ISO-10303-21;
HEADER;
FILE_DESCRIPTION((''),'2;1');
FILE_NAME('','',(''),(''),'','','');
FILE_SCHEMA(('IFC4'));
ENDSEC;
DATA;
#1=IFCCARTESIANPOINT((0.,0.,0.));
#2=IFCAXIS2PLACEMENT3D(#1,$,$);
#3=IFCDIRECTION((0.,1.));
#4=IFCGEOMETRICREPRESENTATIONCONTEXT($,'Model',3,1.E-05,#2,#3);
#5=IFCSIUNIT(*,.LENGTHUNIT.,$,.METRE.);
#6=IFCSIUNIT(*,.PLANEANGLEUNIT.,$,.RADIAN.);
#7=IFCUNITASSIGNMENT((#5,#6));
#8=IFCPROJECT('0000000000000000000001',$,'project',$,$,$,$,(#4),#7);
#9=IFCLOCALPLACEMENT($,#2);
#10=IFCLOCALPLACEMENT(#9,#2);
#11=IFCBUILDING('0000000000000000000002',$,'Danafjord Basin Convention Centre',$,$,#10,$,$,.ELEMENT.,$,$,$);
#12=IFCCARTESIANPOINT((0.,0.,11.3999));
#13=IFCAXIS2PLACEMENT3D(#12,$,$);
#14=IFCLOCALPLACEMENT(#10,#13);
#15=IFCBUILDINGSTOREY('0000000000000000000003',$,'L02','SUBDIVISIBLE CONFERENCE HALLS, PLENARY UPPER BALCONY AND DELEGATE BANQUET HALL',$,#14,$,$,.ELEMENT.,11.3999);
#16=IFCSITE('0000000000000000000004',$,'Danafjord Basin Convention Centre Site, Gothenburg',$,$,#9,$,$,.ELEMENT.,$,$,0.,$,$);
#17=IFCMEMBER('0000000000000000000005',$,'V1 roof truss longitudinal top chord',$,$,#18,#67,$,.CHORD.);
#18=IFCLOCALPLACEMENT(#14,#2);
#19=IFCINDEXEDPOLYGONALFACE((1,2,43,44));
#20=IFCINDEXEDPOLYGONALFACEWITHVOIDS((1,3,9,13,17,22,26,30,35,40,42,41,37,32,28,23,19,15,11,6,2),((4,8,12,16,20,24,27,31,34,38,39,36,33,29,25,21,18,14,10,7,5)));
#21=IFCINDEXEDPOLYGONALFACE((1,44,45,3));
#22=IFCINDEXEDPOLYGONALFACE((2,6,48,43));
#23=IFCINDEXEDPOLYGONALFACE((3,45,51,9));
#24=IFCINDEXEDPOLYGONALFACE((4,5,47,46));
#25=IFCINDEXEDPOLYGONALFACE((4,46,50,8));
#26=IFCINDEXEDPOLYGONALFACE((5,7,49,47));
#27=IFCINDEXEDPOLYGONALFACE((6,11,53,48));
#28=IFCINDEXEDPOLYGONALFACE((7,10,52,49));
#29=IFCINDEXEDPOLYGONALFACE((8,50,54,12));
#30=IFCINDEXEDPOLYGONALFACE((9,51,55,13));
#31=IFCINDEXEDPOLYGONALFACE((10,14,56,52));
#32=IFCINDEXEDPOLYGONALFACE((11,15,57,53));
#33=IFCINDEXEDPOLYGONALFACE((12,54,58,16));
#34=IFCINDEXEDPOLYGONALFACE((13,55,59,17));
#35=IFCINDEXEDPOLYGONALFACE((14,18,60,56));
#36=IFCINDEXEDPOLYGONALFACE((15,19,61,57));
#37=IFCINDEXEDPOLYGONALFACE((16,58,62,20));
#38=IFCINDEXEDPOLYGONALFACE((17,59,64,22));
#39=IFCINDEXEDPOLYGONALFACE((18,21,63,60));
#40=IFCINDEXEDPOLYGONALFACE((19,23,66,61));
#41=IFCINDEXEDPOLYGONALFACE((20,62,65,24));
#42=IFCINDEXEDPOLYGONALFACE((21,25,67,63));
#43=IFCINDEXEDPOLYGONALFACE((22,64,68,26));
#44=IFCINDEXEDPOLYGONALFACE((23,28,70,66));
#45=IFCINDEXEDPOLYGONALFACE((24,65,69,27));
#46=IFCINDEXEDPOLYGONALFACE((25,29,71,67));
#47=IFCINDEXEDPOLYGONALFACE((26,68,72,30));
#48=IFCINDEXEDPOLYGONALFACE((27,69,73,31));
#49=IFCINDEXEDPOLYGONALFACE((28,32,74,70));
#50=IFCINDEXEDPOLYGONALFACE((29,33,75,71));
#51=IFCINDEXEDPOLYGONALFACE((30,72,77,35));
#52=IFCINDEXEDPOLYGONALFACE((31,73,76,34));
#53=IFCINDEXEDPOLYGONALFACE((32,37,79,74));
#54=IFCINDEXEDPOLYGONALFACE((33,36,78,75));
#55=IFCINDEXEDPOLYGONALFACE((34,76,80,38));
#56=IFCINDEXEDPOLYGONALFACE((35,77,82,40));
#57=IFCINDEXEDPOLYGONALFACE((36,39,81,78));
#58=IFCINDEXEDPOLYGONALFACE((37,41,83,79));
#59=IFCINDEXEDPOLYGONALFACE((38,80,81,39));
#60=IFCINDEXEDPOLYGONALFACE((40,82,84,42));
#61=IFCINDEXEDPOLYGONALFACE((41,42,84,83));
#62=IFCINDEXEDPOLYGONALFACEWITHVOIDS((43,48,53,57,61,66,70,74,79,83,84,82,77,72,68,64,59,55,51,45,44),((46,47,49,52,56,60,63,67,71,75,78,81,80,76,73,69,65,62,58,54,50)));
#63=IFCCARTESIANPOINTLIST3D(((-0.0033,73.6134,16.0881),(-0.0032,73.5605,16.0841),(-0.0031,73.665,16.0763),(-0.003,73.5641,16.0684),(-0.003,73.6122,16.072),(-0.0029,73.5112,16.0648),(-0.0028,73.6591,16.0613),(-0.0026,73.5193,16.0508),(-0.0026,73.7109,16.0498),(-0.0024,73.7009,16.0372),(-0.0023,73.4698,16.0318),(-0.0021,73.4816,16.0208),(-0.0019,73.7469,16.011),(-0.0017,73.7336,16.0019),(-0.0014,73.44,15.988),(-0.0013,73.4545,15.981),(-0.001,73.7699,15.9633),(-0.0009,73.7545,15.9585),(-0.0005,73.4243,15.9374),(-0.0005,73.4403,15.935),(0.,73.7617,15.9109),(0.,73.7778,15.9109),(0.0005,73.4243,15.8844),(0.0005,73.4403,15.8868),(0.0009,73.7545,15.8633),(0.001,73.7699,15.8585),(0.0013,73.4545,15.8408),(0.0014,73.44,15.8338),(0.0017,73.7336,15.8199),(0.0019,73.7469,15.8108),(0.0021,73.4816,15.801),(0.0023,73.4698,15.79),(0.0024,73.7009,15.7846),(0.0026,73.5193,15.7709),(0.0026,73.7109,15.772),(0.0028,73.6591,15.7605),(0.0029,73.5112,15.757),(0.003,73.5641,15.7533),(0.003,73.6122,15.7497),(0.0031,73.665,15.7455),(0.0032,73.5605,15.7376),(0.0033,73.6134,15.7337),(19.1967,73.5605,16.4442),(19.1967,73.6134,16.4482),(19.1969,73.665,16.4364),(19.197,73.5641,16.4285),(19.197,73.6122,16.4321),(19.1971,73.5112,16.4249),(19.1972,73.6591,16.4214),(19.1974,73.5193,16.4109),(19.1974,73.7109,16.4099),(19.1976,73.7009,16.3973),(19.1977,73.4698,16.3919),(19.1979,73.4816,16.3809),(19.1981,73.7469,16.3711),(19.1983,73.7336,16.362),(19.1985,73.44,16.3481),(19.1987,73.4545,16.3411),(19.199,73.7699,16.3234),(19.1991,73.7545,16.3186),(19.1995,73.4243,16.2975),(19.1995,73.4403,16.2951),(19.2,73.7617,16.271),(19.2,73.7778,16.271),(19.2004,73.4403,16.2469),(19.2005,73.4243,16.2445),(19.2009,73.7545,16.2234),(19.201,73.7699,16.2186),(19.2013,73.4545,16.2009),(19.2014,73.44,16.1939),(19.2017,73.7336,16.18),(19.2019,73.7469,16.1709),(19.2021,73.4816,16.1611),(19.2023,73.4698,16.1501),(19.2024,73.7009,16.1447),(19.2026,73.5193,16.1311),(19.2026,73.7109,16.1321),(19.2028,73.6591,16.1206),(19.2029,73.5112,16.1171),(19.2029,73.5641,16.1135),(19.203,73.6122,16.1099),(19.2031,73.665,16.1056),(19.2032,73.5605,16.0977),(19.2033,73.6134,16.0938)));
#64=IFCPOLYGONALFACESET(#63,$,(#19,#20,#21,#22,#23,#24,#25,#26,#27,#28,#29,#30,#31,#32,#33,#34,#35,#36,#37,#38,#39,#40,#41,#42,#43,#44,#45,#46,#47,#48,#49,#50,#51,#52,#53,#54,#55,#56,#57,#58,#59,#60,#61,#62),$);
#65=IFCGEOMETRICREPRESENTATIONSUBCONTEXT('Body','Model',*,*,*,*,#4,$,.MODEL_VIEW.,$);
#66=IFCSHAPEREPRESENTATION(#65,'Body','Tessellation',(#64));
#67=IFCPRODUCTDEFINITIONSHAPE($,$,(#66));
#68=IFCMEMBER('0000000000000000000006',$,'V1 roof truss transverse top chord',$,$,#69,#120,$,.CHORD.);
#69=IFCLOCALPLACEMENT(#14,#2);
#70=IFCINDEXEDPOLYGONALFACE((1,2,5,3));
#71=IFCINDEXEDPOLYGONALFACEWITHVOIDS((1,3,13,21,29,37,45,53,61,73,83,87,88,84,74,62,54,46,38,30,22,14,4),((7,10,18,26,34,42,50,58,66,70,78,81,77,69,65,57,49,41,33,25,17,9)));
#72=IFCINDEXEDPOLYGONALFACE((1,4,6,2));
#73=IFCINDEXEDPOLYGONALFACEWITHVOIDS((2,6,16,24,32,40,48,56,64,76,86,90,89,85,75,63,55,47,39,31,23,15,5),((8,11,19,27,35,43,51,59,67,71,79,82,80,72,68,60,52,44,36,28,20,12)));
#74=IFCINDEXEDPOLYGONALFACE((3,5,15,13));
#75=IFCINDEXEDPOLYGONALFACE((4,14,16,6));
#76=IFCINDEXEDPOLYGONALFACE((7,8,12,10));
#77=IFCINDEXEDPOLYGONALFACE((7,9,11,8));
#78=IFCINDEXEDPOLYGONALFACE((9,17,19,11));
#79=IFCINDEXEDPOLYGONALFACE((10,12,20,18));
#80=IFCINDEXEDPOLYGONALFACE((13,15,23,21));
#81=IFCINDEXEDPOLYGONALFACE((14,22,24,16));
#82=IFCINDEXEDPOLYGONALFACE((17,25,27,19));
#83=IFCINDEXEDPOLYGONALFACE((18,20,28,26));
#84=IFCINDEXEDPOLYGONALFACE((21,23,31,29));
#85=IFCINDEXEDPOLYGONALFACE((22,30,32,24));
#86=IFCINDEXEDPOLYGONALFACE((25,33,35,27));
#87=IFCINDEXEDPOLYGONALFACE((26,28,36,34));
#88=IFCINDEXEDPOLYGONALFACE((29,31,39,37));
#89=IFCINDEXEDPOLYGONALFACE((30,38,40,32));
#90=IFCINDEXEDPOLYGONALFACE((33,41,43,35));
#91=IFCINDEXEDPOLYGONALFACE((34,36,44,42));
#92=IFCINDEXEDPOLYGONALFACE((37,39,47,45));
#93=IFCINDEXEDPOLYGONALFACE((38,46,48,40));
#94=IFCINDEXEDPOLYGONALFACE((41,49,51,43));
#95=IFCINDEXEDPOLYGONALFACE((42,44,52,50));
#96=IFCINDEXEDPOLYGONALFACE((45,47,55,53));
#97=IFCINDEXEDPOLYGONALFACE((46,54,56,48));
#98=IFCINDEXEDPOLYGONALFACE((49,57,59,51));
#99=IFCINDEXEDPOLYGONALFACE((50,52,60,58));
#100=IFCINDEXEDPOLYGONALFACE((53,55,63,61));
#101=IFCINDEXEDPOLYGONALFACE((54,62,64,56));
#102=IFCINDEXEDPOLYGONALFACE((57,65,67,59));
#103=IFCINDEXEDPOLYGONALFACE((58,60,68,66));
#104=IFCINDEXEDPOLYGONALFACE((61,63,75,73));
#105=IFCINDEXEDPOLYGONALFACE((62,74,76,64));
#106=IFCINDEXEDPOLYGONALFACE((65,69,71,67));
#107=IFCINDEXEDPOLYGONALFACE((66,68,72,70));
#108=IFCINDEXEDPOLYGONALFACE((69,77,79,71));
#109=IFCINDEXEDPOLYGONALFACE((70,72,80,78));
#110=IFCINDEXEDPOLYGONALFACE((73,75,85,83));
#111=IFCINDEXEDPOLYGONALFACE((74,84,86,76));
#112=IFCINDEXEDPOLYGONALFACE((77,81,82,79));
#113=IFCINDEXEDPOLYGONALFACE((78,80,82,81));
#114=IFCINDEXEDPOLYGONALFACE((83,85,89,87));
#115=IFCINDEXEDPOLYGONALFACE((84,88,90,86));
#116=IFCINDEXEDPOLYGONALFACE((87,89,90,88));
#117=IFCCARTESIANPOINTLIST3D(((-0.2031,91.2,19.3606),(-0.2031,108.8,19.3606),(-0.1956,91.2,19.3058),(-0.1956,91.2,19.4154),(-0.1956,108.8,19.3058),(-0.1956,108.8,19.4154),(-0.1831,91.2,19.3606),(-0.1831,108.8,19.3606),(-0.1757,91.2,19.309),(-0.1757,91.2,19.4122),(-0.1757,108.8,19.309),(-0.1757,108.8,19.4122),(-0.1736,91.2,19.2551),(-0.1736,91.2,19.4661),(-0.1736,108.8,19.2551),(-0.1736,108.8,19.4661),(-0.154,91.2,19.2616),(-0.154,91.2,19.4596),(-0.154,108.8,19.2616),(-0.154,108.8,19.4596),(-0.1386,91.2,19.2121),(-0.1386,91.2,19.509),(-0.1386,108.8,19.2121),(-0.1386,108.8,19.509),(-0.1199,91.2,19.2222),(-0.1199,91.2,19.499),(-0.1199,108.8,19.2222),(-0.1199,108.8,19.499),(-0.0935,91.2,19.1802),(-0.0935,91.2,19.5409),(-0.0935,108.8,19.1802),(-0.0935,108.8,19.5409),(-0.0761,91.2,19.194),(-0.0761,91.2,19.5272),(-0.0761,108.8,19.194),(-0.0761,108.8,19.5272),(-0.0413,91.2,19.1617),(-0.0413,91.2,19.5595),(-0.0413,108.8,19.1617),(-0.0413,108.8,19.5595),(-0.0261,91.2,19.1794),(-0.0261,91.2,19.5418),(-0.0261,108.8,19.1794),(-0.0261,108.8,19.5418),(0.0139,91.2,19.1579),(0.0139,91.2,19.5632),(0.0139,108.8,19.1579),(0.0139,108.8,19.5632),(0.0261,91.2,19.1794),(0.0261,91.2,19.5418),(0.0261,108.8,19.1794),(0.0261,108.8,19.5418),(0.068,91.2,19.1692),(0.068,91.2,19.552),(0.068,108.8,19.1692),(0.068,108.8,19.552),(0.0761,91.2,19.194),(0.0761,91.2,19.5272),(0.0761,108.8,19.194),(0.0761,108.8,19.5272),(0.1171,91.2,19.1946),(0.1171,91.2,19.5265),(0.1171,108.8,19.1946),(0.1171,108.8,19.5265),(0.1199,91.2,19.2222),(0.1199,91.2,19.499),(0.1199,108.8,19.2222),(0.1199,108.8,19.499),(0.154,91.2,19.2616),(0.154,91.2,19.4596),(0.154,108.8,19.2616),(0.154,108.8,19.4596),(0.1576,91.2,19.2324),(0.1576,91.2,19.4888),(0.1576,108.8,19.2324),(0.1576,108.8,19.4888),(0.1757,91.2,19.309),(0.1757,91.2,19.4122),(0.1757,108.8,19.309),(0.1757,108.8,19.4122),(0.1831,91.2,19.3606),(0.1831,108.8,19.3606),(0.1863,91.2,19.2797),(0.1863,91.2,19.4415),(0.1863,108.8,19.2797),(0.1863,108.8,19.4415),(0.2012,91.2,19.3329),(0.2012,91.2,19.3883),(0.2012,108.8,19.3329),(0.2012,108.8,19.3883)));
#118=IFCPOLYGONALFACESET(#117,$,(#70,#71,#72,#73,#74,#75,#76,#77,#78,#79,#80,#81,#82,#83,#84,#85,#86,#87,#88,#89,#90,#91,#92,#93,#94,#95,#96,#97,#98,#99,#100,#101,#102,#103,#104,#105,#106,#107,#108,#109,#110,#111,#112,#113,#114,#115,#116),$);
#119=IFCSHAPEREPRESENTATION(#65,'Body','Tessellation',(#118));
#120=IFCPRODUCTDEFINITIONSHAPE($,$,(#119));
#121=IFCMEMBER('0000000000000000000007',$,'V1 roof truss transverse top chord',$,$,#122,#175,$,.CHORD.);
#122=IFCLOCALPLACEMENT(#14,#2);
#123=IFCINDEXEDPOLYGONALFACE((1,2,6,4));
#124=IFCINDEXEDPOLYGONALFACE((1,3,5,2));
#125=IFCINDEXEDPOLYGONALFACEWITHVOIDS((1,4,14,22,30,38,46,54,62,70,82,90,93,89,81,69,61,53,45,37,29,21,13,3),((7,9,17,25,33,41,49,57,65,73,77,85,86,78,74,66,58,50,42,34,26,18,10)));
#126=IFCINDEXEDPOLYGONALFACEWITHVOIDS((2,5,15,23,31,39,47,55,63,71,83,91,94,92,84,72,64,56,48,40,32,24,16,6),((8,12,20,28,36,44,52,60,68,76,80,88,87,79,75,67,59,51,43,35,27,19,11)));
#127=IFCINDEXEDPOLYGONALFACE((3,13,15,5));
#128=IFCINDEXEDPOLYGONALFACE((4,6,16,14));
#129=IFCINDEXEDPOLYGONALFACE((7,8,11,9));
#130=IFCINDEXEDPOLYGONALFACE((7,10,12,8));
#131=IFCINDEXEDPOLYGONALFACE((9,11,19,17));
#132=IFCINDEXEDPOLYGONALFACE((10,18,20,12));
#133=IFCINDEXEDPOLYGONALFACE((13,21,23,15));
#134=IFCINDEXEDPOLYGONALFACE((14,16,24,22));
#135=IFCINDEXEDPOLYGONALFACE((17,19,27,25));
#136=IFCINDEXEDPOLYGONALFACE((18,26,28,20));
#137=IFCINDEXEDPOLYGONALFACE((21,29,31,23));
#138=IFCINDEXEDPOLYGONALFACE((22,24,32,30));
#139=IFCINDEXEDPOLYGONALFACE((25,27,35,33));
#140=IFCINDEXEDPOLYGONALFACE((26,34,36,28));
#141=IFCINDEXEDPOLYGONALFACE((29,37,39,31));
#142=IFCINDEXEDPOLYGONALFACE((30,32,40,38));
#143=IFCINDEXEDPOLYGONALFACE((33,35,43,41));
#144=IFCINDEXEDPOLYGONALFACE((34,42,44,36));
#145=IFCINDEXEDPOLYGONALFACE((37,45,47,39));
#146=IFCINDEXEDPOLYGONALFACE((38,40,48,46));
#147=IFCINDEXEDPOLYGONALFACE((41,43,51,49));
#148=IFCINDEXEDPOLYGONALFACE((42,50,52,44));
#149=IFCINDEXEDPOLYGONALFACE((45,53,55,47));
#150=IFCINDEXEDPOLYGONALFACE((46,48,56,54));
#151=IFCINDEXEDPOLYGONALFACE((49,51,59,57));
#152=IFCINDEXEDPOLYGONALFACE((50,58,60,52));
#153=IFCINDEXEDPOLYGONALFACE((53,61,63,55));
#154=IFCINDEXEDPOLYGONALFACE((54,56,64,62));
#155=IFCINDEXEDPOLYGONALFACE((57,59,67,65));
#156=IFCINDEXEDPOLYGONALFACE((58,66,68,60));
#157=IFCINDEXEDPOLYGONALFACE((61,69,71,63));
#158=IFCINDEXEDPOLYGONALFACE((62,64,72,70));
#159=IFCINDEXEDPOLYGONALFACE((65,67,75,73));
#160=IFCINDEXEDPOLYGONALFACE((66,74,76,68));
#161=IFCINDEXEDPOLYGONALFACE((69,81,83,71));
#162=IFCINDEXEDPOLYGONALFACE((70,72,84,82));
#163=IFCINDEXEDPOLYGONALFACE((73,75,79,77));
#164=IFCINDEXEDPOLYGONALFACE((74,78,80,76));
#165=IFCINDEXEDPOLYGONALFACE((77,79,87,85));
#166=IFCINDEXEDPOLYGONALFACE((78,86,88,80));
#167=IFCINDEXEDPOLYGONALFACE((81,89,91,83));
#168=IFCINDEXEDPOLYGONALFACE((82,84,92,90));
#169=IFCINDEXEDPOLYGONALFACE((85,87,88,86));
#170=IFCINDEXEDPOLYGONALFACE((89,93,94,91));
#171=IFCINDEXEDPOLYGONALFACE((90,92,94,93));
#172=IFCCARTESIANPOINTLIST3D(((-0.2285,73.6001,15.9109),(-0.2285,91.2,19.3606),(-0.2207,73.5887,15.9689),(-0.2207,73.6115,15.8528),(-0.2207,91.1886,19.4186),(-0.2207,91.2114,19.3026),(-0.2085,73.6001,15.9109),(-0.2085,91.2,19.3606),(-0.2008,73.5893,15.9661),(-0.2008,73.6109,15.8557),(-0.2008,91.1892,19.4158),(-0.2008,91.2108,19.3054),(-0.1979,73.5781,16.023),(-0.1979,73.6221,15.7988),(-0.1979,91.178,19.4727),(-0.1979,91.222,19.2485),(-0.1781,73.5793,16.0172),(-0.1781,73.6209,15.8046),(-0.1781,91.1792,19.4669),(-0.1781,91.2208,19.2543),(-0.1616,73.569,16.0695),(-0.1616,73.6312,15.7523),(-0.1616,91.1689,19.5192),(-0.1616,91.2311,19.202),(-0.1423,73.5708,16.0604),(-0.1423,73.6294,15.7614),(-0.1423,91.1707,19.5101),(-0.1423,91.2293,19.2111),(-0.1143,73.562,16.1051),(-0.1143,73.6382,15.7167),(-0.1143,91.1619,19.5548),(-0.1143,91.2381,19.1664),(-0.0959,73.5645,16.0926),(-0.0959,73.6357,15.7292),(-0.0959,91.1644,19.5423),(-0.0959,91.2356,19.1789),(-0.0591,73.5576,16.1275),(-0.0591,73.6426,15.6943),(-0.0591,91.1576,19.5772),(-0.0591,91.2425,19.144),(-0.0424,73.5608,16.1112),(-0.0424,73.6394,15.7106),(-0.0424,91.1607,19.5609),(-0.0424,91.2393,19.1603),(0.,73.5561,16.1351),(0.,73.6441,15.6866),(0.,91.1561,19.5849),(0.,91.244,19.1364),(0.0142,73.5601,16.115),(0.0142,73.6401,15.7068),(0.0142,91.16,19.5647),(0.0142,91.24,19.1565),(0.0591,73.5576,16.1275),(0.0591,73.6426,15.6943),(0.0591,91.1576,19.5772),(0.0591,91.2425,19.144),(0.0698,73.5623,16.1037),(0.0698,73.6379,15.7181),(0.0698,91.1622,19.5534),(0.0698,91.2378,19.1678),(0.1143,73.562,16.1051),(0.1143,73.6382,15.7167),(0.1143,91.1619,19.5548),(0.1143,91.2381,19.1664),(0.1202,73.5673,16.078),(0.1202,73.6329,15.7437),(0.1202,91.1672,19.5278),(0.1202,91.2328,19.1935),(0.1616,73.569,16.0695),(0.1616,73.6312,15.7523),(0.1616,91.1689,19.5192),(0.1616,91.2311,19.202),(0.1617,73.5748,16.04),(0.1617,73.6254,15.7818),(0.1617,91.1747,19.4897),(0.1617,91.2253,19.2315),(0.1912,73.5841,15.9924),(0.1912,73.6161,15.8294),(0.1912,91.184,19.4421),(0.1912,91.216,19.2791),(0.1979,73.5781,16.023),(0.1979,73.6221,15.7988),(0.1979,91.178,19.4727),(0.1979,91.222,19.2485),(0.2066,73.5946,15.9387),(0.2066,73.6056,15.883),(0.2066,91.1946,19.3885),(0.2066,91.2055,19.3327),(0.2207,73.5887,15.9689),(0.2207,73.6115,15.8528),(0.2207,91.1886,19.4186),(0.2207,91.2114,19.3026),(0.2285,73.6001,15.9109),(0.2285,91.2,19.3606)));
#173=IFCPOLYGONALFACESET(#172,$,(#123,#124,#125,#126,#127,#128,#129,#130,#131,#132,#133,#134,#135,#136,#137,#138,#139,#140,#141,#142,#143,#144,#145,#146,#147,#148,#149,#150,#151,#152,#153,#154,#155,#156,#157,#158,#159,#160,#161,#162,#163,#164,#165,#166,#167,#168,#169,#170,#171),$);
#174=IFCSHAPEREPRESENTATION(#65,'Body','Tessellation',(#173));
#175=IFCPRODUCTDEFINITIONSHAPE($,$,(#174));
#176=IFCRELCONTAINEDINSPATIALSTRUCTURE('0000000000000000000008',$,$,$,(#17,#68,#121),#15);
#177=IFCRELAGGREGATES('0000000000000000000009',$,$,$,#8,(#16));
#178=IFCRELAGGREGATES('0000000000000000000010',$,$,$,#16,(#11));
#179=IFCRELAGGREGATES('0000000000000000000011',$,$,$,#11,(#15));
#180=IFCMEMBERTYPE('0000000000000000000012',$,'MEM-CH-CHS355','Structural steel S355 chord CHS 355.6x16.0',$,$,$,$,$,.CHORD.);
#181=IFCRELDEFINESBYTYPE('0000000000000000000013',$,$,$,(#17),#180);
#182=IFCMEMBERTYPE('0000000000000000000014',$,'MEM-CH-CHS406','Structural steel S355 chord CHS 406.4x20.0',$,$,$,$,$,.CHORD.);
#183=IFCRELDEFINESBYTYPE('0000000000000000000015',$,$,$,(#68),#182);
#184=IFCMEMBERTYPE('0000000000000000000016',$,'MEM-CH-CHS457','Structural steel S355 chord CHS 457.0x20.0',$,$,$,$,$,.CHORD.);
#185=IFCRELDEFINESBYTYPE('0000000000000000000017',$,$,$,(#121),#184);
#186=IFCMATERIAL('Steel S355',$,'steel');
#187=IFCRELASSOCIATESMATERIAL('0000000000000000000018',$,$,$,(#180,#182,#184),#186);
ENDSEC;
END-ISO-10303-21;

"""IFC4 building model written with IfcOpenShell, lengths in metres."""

from ifc_helpers import new_model, si_unit, direction, frame, origin, origin_2d, place, context, subcontext, project, spatial, hollow_circle, extrude, material, material_profile, profile_set, type_object, element, save


model = new_model("IFC4")

# Units and contexts
model_context = context("Model", 3, precision=1e-05, world=origin(), true_north=direction((0.0, 1.0)))
body_context = subcontext(model_context, "Body", "Model", "MODEL_VIEW")
ifc_project = project(units=[si_unit("LENGTHUNIT", "METRE"), si_unit("PLANEANGLEUNIT", "RADIAN")], contexts=[model_context])

# Site, building, storey
site_placement = place(None, origin())
site = spatial("IfcSite", under=ifc_project, at=site_placement, Name="Danafjord Basin Convention Centre Site, Gothenburg", CompositionType="ELEMENT", RefElevation=0.0)
building_placement = place(site_placement, origin())
building = spatial("IfcBuilding", under=site, at=building_placement, Name="Danafjord Basin Convention Centre", CompositionType="ELEMENT")
storey_placement = place(building_placement, frame((0.0, 0.0, 11.3999)))
storey = spatial("IfcBuildingStorey", under=building, at=storey_placement, Name="L02", Description="SUBDIVISIBLE CONFERENCE HALLS, PLENARY UPPER BALCONY AND DELEGATE BANQUET HALL", CompositionType="ELEMENT", Elevation=11.3999)

# Shared definitions
ifc_material_1 = material(Name="Steel S355", Category="steel")

# Members
ifc_material_profile_1 = material_profile(ifc_material_1, hollow_circle(Radius=0.1777, WallThickness=0.0161, at=origin_2d()), Name="CHS 355.6x16.0")
ifc_profile_set_1 = profile_set([ifc_material_profile_1], Name="Steel S355")
member_type_1 = type_object("IfcMemberType", Name="MEM-CH-CHS355", Description="Structural steel S355 chord CHS 355.6x16.0", PredefinedType="CHORD", material=ifc_profile_set_1)
member_1_placement = place(storey_placement, frame((0.0, 73.6001, 15.9109), z_axis=(0.999824, 0.0, 0.018752), x_axis=(0.0, 1.0, 0.0)))
element("IfcMember", 1, at=member_1_placement, inside=storey, type_object=member_type_1, Name="V1 roof truss longitudinal top chord", PredefinedType="CHORD", context=body_context, shape_type="SweptSolid", body=[
    extrude(hollow_circle(Radius=0.1777, WallThickness=0.0161, at=origin_2d()), origin(), (0.0, 0.0, 1.0), 19.2034),
])
ifc_material_profile_2 = material_profile(ifc_material_1, hollow_circle(Radius=0.2031, WallThickness=0.02, at=origin_2d()), Name="CHS 406.4x20.0")
ifc_profile_set_2 = profile_set([ifc_material_profile_2], Name="Steel S355")
member_type_2 = type_object("IfcMemberType", Name="MEM-CH-CHS406", Description="Structural steel S355 chord CHS 406.4x20.0", PredefinedType="CHORD", material=ifc_profile_set_2)
member_2_placement = place(storey_placement, frame((0.0, 91.2, 19.3606), z_axis=(0.0, 1.0, 0.0), x_axis=(-1.0, 0.0, 0.0)))
element("IfcMember", 2, at=member_2_placement, inside=storey, type_object=member_type_2, Name="V1 roof truss transverse top chord", PredefinedType="CHORD", context=body_context, shape_type="SweptSolid", body=[
    extrude(hollow_circle(Radius=0.2031, WallThickness=0.02, at=origin_2d()), origin(), (0.0, 0.0, 1.0), 17.6001),
])
ifc_material_profile_3 = material_profile(ifc_material_1, hollow_circle(Radius=0.2285, WallThickness=0.02, at=origin_2d()), Name="CHS 457.0x20.0")
ifc_profile_set_3 = profile_set([ifc_material_profile_3], Name="Steel S355")
member_type_3 = type_object("IfcMemberType", Name="MEM-CH-CHS457", Description="Structural steel S355 chord CHS 457.0x20.0", PredefinedType="CHORD", material=ifc_profile_set_3)
member_3_placement = place(storey_placement, frame((0.0, 73.6001, 15.9109), z_axis=(0.0, 0.981327, 0.192348), x_axis=(-1.0, 0.0, 0.0)))
element("IfcMember", 3, at=member_3_placement, inside=storey, type_object=member_type_3, Name="V1 roof truss transverse top chord", PredefinedType="CHORD", context=body_context, shape_type="SweptSolid", body=[
    extrude(hollow_circle(Radius=0.2285, WallThickness=0.02, at=origin_2d()), origin(), (0.0, 0.0, 1.0), 17.9348),
])

save(model, "model.ifc")
